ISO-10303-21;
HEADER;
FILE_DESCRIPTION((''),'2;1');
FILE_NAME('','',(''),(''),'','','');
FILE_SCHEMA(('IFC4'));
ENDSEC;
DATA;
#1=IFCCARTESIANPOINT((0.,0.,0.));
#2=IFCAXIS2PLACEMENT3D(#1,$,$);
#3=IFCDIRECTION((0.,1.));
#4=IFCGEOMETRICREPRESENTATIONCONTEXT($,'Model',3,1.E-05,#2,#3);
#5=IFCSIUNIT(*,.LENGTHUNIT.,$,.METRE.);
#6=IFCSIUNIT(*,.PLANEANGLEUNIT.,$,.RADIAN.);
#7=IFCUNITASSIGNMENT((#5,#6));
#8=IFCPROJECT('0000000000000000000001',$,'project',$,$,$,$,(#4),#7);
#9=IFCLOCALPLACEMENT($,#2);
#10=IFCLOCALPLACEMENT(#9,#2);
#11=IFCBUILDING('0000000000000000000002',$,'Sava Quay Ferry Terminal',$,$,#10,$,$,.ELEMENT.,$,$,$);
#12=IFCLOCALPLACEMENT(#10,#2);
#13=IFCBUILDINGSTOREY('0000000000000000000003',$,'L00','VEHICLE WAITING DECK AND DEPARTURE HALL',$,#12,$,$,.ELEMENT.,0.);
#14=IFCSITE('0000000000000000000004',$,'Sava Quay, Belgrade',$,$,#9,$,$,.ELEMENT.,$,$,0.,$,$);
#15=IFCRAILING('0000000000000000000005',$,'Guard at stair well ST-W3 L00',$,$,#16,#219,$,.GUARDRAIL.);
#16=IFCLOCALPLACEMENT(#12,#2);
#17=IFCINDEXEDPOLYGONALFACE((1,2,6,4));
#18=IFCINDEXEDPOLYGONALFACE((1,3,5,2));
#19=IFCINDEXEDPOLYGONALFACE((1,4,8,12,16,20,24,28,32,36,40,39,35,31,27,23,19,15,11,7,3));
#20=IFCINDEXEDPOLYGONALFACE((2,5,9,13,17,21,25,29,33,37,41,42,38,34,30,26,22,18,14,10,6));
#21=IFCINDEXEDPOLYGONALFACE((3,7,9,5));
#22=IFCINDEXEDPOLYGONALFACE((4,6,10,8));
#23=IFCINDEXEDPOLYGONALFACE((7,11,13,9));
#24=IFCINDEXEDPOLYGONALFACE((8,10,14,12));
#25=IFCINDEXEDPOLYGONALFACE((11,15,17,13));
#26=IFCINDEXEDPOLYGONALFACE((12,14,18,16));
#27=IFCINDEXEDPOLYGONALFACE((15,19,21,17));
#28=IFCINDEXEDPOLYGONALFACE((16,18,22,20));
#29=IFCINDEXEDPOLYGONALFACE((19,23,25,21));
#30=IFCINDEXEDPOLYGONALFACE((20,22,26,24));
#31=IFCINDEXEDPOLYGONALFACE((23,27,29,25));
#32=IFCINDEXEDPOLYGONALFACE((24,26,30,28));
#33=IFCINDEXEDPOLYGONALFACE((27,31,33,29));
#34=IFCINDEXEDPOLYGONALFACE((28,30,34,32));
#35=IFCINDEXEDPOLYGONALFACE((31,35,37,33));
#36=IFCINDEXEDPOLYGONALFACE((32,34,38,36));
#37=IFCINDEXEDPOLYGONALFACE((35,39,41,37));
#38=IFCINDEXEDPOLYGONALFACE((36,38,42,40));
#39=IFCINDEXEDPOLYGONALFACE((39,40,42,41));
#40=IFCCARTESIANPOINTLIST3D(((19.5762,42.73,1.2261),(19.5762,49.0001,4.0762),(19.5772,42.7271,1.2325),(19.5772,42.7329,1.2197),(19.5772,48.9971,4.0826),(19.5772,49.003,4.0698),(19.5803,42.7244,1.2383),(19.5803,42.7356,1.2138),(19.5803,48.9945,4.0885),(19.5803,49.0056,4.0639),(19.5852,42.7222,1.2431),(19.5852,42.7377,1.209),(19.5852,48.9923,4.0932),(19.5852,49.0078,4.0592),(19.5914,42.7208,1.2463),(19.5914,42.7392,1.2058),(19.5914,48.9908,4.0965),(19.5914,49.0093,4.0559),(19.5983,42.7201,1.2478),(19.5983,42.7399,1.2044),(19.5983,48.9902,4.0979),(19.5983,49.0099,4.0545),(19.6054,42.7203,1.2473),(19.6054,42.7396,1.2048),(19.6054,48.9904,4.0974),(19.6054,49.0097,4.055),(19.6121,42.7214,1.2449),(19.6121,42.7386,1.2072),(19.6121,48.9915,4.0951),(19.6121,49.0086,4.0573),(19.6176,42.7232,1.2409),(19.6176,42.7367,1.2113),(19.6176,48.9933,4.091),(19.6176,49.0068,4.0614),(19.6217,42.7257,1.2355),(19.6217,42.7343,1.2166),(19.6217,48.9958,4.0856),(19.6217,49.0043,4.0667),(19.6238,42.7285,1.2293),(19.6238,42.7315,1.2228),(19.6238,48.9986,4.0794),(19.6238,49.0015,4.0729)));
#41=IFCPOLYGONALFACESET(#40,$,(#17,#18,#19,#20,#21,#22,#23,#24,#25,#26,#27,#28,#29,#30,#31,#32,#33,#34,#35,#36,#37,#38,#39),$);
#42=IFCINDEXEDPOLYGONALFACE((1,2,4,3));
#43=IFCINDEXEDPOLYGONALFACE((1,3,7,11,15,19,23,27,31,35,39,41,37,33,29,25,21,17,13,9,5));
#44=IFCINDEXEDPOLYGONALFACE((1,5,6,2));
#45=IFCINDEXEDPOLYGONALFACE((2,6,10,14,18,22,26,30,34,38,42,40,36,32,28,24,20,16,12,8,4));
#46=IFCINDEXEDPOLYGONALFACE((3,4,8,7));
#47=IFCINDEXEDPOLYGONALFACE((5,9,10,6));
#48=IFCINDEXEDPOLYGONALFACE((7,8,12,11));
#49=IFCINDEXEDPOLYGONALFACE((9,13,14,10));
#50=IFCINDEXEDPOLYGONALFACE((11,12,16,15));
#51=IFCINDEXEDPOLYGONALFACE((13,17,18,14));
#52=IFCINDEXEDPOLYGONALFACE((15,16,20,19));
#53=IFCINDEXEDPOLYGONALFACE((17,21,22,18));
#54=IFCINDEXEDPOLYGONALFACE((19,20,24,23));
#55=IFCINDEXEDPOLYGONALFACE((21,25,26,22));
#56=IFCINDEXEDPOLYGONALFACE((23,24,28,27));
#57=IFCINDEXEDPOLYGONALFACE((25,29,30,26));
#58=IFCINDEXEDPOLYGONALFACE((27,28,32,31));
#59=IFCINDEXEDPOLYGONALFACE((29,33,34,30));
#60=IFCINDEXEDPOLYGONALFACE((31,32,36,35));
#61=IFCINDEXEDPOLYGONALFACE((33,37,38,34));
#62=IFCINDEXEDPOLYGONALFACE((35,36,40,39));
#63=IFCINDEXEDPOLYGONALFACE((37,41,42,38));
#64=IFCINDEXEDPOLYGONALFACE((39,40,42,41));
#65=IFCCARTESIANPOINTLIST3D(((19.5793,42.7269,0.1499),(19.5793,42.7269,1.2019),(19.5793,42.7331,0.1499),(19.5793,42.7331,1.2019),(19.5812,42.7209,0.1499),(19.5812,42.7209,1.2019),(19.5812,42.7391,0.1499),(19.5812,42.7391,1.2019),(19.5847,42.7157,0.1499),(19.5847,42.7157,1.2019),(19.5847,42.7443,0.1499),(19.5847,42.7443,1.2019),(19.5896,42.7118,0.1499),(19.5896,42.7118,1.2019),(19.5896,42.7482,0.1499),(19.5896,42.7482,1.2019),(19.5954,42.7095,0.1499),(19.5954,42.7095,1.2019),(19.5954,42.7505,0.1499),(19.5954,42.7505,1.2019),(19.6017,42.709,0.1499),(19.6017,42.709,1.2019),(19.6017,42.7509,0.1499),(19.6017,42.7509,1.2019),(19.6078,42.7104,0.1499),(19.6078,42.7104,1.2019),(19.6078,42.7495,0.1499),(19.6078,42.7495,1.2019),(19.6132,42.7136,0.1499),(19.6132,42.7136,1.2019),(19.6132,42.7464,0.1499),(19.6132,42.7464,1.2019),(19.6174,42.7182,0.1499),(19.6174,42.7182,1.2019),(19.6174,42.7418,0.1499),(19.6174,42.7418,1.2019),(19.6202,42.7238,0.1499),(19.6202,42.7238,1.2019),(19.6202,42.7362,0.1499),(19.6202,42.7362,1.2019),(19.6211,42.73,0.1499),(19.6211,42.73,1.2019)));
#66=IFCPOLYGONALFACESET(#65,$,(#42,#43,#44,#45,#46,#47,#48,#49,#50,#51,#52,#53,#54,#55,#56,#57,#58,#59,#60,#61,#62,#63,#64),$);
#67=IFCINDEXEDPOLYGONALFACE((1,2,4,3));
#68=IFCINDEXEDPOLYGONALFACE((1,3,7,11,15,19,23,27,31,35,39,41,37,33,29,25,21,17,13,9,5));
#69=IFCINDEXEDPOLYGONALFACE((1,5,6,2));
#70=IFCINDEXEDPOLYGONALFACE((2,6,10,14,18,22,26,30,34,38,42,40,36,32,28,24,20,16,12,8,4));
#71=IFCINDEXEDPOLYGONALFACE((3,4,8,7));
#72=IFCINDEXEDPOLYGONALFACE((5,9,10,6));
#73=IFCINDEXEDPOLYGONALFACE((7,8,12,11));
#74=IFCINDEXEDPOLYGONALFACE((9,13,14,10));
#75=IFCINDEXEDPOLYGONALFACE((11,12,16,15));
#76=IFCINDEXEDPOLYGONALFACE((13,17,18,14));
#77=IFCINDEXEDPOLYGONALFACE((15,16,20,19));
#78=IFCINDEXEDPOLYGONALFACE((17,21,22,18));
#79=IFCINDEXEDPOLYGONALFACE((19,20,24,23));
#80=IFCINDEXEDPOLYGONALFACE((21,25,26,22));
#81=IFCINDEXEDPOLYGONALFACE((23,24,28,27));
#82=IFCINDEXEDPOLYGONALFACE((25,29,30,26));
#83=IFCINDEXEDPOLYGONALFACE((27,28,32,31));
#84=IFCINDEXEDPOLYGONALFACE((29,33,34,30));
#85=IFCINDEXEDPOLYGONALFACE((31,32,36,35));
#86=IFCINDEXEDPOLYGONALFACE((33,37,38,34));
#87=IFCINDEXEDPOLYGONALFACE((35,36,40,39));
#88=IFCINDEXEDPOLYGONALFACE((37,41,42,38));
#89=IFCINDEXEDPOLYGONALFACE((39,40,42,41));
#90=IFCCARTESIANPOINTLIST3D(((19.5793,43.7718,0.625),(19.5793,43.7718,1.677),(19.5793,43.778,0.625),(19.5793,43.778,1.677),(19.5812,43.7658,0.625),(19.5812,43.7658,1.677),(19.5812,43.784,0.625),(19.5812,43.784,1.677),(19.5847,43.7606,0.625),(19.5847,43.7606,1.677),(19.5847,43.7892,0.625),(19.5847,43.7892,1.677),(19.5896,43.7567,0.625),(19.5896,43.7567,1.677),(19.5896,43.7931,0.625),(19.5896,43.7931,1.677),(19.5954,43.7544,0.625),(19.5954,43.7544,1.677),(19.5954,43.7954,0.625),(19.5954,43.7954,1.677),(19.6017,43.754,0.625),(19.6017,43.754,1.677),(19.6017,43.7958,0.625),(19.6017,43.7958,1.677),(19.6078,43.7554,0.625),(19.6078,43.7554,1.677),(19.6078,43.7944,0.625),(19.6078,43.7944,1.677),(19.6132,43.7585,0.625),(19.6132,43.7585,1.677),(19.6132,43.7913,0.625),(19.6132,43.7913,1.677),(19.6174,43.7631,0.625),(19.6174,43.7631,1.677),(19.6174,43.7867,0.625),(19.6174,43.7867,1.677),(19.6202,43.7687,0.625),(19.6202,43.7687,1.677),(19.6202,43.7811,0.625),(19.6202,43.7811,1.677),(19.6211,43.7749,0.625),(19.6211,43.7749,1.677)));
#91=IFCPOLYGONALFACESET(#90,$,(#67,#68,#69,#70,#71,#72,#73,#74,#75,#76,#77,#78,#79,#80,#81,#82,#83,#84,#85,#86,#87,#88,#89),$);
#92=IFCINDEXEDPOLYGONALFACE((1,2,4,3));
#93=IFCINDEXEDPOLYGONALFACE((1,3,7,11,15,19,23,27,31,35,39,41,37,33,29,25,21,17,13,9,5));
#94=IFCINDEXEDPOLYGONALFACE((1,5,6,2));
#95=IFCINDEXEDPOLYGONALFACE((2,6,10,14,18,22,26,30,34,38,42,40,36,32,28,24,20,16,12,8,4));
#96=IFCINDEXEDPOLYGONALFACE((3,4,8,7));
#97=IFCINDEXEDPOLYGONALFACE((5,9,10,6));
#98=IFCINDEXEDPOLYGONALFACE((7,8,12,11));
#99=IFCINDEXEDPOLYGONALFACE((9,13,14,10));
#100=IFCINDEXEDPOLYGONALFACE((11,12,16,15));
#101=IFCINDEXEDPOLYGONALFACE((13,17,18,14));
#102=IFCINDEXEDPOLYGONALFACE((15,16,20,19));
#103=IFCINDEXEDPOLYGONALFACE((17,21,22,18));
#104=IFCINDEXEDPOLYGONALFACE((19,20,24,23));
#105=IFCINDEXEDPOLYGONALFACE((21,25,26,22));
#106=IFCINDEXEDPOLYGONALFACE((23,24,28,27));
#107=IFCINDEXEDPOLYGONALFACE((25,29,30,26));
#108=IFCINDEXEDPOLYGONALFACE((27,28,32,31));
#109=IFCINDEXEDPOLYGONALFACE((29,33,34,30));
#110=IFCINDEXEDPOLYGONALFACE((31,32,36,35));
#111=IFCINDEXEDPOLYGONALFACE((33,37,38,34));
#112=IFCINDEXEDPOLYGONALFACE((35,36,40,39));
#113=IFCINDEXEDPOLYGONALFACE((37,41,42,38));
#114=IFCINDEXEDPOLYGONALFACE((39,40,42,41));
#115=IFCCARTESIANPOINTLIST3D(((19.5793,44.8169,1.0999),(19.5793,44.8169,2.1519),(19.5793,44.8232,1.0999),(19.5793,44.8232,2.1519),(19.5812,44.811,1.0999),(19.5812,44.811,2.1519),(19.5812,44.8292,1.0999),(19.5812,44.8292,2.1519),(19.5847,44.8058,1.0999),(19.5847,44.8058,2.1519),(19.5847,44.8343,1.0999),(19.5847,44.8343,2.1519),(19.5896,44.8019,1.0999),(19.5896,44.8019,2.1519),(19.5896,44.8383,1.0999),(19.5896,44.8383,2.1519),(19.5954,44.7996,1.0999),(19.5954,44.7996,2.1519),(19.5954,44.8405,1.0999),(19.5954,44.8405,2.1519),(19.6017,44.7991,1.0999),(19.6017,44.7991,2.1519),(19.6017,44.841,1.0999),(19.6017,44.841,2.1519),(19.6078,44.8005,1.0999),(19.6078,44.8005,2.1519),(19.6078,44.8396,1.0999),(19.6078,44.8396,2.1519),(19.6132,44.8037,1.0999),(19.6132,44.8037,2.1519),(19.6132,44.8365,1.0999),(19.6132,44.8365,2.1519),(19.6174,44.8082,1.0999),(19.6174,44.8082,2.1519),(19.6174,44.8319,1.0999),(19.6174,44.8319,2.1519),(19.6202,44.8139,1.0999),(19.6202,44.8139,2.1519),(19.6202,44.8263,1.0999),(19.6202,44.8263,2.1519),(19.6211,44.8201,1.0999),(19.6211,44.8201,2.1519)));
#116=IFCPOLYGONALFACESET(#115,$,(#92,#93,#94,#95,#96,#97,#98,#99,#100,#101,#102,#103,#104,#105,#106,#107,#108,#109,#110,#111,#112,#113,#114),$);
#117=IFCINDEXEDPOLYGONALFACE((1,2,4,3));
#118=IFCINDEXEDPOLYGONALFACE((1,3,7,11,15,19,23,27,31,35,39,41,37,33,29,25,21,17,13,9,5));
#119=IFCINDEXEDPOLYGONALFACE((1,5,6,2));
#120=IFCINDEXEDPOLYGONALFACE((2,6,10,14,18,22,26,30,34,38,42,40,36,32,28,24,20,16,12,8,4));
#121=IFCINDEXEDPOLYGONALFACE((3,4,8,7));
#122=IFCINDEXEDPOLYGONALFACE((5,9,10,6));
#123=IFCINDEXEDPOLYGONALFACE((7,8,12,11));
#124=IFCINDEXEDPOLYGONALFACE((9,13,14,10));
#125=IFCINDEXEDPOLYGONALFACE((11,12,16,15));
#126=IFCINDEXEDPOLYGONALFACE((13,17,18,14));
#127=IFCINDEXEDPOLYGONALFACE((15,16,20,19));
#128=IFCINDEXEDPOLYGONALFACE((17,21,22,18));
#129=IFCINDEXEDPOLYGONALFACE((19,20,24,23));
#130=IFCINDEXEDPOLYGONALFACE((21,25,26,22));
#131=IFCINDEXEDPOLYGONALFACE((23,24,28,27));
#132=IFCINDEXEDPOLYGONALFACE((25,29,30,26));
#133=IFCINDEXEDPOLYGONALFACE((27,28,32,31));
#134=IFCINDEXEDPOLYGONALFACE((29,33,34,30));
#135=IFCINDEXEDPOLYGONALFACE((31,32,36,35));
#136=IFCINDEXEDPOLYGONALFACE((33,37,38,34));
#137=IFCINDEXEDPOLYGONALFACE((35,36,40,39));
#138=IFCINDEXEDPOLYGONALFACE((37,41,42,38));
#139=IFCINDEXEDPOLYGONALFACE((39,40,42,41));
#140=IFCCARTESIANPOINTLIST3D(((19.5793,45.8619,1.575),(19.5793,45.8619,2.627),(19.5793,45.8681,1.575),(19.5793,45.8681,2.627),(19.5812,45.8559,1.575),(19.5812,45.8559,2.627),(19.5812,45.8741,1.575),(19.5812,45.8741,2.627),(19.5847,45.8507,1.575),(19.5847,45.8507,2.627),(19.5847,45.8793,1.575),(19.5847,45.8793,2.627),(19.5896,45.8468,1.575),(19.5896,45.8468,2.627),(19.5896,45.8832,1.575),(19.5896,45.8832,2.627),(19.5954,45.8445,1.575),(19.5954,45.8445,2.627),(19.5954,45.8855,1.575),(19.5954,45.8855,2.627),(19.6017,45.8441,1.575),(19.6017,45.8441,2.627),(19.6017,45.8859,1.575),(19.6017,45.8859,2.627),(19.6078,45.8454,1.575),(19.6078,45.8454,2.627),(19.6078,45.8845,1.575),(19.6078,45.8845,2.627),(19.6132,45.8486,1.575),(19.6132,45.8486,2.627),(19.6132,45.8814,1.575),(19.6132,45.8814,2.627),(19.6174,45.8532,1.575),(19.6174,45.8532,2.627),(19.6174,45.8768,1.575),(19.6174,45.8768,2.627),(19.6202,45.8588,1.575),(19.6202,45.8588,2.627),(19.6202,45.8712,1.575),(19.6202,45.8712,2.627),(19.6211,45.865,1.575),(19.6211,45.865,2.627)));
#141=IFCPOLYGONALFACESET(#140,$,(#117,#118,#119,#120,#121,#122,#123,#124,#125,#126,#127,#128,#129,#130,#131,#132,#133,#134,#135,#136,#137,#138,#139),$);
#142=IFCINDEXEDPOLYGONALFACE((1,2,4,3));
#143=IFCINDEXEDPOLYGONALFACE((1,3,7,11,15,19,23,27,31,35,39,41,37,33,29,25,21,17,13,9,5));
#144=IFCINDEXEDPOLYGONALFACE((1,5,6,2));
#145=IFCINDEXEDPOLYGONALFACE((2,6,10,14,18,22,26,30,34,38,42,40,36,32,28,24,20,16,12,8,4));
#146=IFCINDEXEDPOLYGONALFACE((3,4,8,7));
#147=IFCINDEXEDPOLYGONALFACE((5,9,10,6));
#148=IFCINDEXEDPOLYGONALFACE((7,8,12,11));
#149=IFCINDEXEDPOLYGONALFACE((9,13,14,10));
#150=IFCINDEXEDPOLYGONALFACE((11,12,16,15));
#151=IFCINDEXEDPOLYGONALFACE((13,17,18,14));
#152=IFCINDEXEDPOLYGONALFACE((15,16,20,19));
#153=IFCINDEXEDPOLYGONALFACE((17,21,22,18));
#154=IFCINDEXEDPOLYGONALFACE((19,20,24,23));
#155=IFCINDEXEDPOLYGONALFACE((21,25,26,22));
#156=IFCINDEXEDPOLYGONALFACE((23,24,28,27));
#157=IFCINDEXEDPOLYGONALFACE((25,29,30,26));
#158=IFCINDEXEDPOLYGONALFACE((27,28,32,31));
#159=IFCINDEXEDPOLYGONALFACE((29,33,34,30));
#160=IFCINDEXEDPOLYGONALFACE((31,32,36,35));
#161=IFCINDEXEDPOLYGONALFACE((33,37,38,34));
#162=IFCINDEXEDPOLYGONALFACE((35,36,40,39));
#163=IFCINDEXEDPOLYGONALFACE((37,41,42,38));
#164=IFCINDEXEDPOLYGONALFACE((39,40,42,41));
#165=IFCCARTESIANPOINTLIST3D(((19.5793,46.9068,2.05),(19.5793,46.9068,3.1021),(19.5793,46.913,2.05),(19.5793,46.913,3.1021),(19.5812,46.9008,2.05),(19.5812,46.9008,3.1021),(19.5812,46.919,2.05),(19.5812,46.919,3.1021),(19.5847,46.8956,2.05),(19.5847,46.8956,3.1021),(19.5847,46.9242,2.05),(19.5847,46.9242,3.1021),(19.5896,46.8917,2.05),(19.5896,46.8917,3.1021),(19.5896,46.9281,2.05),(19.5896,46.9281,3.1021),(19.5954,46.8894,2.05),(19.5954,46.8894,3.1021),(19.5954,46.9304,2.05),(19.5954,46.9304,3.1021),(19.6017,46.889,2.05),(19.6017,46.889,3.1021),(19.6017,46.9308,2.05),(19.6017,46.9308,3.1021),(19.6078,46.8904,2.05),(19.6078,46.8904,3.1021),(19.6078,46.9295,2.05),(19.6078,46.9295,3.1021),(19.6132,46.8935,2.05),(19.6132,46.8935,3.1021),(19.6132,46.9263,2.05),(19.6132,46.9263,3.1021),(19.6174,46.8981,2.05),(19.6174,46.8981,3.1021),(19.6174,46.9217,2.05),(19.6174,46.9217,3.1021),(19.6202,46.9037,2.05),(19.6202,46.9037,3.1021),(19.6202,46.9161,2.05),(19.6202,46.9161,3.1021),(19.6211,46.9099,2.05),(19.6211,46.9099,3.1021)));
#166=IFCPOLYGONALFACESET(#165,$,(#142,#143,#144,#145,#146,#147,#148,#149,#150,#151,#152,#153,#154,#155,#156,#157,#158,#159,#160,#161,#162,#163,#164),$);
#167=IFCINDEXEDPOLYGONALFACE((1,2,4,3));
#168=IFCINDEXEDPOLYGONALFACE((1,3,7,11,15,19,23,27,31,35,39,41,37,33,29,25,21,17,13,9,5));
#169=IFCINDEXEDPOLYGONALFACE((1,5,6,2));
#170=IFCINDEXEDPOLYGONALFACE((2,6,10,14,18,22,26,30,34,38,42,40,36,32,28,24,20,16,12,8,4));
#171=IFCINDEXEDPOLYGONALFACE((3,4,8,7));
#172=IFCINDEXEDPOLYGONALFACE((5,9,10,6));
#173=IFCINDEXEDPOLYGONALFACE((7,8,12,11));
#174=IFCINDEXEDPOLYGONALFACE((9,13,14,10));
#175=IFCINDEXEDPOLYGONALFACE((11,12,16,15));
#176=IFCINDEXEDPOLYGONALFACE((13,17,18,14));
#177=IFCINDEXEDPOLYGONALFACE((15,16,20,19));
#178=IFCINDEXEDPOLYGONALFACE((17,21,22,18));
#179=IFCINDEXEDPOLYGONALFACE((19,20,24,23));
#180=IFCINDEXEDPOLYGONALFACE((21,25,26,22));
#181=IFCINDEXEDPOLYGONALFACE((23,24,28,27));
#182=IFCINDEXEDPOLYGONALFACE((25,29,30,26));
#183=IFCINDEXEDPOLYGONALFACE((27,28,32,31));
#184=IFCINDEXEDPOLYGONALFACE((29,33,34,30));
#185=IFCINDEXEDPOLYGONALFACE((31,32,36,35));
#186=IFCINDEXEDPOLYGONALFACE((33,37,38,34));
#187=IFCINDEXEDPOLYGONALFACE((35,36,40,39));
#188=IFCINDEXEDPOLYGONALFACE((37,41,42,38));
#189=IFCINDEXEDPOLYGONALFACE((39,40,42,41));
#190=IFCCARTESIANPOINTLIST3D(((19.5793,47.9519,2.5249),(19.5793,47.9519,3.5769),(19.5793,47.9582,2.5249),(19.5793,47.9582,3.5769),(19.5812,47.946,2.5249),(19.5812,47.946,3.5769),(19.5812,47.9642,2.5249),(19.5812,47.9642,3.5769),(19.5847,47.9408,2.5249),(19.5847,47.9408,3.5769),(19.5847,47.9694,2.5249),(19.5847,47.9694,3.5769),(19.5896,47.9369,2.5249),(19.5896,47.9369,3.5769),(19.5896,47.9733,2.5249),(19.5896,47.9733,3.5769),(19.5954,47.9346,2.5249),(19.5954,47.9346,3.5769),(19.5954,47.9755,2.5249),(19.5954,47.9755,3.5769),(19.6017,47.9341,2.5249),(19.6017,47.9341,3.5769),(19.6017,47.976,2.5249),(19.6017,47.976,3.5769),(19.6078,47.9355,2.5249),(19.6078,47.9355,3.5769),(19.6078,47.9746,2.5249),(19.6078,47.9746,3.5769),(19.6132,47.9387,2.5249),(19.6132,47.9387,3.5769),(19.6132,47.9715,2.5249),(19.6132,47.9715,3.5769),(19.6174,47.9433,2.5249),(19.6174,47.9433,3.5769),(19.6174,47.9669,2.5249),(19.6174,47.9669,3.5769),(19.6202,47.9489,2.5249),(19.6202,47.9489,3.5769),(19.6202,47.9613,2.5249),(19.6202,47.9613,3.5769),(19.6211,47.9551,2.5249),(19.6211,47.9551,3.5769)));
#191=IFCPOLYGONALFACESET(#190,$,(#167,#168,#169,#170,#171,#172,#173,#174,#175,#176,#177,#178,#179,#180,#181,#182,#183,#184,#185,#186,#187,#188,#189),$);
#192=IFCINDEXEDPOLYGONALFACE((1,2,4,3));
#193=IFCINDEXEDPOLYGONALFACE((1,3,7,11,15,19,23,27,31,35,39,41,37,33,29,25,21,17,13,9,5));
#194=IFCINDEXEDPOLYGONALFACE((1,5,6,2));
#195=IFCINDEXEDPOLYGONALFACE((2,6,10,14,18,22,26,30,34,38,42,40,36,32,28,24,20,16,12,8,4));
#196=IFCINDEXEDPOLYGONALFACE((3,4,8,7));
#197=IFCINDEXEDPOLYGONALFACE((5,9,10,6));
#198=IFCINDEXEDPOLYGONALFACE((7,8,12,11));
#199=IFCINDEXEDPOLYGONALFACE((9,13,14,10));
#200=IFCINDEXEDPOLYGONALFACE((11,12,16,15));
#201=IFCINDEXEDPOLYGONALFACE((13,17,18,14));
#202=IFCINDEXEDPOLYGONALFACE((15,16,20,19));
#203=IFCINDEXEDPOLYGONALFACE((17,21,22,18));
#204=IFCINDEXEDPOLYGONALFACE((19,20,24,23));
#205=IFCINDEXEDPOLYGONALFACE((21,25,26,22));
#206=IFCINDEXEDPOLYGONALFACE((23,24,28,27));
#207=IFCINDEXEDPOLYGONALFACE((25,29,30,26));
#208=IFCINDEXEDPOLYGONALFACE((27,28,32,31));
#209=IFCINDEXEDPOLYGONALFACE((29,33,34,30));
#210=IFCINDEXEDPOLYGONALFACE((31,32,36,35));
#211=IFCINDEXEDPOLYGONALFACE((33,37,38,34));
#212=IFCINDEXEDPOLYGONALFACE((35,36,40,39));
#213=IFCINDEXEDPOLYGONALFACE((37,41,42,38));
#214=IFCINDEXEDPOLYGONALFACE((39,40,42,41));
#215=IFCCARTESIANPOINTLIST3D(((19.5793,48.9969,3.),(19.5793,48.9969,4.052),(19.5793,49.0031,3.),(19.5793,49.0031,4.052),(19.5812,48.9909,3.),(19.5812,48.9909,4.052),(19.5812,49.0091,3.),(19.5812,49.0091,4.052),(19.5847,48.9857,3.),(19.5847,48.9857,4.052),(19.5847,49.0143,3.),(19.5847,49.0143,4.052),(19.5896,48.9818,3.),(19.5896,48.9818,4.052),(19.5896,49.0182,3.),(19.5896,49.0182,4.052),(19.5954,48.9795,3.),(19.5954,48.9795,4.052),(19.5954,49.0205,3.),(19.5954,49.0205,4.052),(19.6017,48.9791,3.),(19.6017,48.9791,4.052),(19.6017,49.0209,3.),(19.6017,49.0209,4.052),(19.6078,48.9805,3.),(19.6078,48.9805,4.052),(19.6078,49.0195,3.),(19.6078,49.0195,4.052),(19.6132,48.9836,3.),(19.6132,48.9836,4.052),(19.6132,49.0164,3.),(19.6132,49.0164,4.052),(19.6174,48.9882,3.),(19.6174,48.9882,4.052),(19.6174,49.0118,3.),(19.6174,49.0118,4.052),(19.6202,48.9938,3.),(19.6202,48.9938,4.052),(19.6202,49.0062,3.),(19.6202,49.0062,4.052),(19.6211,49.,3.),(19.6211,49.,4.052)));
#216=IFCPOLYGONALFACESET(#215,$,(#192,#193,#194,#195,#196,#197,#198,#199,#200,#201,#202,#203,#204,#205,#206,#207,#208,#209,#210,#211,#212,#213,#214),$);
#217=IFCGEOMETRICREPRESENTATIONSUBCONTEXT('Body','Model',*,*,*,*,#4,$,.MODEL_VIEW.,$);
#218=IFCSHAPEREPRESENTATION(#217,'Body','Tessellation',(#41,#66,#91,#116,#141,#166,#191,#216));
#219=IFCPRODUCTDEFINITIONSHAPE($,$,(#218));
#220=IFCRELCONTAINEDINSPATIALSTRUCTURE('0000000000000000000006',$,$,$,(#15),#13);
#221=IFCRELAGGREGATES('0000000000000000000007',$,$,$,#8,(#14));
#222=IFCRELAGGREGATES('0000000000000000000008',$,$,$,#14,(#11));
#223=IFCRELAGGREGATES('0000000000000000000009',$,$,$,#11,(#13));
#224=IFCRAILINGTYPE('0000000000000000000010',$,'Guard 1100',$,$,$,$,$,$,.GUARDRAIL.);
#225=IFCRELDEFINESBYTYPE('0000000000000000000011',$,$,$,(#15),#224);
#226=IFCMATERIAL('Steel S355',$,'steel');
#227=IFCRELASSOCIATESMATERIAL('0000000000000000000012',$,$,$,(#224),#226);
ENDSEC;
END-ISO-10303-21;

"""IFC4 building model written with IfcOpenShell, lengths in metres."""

from ifc_helpers import new_model, si_unit, direction, frame, origin, origin_2d, place, context, subcontext, project, spatial, circle, extrude, material, type_object, element, save


model = new_model("IFC4")

# Units and contexts
model_context = context("Model", 3, precision=1e-05, world=origin(), true_north=direction((0.0, 1.0)))
body_context = subcontext(model_context, "Body", "Model", "MODEL_VIEW")
ifc_project = project(units=[si_unit("LENGTHUNIT", "METRE"), si_unit("PLANEANGLEUNIT", "RADIAN")], contexts=[model_context])

# Site, building, storey
site_placement = place(None, origin())
site = spatial("IfcSite", under=ifc_project, at=site_placement, Name="Sava Quay, Belgrade", CompositionType="ELEMENT", RefElevation=0.0)
building_placement = place(site_placement, origin())
building = spatial("IfcBuilding", under=site, at=building_placement, Name="Sava Quay Ferry Terminal", CompositionType="ELEMENT")
storey_placement = place(building_placement, origin())
storey = spatial("IfcBuildingStorey", under=building, at=storey_placement, Name="L00", Description="VEHICLE WAITING DECK AND DEPARTURE HALL", CompositionType="ELEMENT", Elevation=0.0)

# Railing
ifc_material_1 = material(Name="Steel S355", Category="steel")
railing_type_1 = type_object("IfcRailingType", Name="Guard 1100", PredefinedType="GUARDRAIL", material=ifc_material_1)
railing_1_placement = place(storey_placement, frame((19.6001, 42.73, 0.1499)))
element("IfcRailing", 1, at=railing_1_placement, inside=storey, type_object=railing_type_1, Name="Guard at stair well ST-W3 L00", PredefinedType="GUARDRAIL", context=body_context, shape_type="SweptSolid", body=[
    extrude(circle(Radius=0.0239, at=origin_2d()), frame((0.0, 0.0, 1.0762), z_axis=(0.0, 0.910362, 0.413814), x_axis=(-1.0, 0.0, 0.0)), (0.0, 0.0, 1.0), 6.8875),
    extrude(circle(Radius=0.021, at=origin_2d()), origin(), (0.0, 0.0, 1.0), 1.052),
    extrude(circle(Radius=0.021, at=origin_2d()), frame((0.0, 1.0449, 0.4751)), (0.0, 0.0, 1.0), 1.052),
    extrude(circle(Radius=0.021, at=origin_2d()), frame((0.0, 2.0901, 0.95)), (0.0, 0.0, 1.0), 1.052),
    extrude(circle(Radius=0.021, at=origin_2d()), frame((0.0, 3.135, 1.425)), (0.0, 0.0, 1.0), 1.052),
    extrude(circle(Radius=0.021, at=origin_2d()), frame((0.0, 4.1799, 1.9001)), (0.0, 0.0, 1.0), 1.052),
    extrude(circle(Radius=0.021, at=origin_2d()), frame((0.0, 5.2251, 2.375)), (0.0, 0.0, 1.0), 1.052),
    extrude(circle(Radius=0.021, at=origin_2d()), frame((0.0, 6.27, 2.8501)), (0.0, 0.0, 1.0), 1.052),
])

save(model, "model.ifc")
